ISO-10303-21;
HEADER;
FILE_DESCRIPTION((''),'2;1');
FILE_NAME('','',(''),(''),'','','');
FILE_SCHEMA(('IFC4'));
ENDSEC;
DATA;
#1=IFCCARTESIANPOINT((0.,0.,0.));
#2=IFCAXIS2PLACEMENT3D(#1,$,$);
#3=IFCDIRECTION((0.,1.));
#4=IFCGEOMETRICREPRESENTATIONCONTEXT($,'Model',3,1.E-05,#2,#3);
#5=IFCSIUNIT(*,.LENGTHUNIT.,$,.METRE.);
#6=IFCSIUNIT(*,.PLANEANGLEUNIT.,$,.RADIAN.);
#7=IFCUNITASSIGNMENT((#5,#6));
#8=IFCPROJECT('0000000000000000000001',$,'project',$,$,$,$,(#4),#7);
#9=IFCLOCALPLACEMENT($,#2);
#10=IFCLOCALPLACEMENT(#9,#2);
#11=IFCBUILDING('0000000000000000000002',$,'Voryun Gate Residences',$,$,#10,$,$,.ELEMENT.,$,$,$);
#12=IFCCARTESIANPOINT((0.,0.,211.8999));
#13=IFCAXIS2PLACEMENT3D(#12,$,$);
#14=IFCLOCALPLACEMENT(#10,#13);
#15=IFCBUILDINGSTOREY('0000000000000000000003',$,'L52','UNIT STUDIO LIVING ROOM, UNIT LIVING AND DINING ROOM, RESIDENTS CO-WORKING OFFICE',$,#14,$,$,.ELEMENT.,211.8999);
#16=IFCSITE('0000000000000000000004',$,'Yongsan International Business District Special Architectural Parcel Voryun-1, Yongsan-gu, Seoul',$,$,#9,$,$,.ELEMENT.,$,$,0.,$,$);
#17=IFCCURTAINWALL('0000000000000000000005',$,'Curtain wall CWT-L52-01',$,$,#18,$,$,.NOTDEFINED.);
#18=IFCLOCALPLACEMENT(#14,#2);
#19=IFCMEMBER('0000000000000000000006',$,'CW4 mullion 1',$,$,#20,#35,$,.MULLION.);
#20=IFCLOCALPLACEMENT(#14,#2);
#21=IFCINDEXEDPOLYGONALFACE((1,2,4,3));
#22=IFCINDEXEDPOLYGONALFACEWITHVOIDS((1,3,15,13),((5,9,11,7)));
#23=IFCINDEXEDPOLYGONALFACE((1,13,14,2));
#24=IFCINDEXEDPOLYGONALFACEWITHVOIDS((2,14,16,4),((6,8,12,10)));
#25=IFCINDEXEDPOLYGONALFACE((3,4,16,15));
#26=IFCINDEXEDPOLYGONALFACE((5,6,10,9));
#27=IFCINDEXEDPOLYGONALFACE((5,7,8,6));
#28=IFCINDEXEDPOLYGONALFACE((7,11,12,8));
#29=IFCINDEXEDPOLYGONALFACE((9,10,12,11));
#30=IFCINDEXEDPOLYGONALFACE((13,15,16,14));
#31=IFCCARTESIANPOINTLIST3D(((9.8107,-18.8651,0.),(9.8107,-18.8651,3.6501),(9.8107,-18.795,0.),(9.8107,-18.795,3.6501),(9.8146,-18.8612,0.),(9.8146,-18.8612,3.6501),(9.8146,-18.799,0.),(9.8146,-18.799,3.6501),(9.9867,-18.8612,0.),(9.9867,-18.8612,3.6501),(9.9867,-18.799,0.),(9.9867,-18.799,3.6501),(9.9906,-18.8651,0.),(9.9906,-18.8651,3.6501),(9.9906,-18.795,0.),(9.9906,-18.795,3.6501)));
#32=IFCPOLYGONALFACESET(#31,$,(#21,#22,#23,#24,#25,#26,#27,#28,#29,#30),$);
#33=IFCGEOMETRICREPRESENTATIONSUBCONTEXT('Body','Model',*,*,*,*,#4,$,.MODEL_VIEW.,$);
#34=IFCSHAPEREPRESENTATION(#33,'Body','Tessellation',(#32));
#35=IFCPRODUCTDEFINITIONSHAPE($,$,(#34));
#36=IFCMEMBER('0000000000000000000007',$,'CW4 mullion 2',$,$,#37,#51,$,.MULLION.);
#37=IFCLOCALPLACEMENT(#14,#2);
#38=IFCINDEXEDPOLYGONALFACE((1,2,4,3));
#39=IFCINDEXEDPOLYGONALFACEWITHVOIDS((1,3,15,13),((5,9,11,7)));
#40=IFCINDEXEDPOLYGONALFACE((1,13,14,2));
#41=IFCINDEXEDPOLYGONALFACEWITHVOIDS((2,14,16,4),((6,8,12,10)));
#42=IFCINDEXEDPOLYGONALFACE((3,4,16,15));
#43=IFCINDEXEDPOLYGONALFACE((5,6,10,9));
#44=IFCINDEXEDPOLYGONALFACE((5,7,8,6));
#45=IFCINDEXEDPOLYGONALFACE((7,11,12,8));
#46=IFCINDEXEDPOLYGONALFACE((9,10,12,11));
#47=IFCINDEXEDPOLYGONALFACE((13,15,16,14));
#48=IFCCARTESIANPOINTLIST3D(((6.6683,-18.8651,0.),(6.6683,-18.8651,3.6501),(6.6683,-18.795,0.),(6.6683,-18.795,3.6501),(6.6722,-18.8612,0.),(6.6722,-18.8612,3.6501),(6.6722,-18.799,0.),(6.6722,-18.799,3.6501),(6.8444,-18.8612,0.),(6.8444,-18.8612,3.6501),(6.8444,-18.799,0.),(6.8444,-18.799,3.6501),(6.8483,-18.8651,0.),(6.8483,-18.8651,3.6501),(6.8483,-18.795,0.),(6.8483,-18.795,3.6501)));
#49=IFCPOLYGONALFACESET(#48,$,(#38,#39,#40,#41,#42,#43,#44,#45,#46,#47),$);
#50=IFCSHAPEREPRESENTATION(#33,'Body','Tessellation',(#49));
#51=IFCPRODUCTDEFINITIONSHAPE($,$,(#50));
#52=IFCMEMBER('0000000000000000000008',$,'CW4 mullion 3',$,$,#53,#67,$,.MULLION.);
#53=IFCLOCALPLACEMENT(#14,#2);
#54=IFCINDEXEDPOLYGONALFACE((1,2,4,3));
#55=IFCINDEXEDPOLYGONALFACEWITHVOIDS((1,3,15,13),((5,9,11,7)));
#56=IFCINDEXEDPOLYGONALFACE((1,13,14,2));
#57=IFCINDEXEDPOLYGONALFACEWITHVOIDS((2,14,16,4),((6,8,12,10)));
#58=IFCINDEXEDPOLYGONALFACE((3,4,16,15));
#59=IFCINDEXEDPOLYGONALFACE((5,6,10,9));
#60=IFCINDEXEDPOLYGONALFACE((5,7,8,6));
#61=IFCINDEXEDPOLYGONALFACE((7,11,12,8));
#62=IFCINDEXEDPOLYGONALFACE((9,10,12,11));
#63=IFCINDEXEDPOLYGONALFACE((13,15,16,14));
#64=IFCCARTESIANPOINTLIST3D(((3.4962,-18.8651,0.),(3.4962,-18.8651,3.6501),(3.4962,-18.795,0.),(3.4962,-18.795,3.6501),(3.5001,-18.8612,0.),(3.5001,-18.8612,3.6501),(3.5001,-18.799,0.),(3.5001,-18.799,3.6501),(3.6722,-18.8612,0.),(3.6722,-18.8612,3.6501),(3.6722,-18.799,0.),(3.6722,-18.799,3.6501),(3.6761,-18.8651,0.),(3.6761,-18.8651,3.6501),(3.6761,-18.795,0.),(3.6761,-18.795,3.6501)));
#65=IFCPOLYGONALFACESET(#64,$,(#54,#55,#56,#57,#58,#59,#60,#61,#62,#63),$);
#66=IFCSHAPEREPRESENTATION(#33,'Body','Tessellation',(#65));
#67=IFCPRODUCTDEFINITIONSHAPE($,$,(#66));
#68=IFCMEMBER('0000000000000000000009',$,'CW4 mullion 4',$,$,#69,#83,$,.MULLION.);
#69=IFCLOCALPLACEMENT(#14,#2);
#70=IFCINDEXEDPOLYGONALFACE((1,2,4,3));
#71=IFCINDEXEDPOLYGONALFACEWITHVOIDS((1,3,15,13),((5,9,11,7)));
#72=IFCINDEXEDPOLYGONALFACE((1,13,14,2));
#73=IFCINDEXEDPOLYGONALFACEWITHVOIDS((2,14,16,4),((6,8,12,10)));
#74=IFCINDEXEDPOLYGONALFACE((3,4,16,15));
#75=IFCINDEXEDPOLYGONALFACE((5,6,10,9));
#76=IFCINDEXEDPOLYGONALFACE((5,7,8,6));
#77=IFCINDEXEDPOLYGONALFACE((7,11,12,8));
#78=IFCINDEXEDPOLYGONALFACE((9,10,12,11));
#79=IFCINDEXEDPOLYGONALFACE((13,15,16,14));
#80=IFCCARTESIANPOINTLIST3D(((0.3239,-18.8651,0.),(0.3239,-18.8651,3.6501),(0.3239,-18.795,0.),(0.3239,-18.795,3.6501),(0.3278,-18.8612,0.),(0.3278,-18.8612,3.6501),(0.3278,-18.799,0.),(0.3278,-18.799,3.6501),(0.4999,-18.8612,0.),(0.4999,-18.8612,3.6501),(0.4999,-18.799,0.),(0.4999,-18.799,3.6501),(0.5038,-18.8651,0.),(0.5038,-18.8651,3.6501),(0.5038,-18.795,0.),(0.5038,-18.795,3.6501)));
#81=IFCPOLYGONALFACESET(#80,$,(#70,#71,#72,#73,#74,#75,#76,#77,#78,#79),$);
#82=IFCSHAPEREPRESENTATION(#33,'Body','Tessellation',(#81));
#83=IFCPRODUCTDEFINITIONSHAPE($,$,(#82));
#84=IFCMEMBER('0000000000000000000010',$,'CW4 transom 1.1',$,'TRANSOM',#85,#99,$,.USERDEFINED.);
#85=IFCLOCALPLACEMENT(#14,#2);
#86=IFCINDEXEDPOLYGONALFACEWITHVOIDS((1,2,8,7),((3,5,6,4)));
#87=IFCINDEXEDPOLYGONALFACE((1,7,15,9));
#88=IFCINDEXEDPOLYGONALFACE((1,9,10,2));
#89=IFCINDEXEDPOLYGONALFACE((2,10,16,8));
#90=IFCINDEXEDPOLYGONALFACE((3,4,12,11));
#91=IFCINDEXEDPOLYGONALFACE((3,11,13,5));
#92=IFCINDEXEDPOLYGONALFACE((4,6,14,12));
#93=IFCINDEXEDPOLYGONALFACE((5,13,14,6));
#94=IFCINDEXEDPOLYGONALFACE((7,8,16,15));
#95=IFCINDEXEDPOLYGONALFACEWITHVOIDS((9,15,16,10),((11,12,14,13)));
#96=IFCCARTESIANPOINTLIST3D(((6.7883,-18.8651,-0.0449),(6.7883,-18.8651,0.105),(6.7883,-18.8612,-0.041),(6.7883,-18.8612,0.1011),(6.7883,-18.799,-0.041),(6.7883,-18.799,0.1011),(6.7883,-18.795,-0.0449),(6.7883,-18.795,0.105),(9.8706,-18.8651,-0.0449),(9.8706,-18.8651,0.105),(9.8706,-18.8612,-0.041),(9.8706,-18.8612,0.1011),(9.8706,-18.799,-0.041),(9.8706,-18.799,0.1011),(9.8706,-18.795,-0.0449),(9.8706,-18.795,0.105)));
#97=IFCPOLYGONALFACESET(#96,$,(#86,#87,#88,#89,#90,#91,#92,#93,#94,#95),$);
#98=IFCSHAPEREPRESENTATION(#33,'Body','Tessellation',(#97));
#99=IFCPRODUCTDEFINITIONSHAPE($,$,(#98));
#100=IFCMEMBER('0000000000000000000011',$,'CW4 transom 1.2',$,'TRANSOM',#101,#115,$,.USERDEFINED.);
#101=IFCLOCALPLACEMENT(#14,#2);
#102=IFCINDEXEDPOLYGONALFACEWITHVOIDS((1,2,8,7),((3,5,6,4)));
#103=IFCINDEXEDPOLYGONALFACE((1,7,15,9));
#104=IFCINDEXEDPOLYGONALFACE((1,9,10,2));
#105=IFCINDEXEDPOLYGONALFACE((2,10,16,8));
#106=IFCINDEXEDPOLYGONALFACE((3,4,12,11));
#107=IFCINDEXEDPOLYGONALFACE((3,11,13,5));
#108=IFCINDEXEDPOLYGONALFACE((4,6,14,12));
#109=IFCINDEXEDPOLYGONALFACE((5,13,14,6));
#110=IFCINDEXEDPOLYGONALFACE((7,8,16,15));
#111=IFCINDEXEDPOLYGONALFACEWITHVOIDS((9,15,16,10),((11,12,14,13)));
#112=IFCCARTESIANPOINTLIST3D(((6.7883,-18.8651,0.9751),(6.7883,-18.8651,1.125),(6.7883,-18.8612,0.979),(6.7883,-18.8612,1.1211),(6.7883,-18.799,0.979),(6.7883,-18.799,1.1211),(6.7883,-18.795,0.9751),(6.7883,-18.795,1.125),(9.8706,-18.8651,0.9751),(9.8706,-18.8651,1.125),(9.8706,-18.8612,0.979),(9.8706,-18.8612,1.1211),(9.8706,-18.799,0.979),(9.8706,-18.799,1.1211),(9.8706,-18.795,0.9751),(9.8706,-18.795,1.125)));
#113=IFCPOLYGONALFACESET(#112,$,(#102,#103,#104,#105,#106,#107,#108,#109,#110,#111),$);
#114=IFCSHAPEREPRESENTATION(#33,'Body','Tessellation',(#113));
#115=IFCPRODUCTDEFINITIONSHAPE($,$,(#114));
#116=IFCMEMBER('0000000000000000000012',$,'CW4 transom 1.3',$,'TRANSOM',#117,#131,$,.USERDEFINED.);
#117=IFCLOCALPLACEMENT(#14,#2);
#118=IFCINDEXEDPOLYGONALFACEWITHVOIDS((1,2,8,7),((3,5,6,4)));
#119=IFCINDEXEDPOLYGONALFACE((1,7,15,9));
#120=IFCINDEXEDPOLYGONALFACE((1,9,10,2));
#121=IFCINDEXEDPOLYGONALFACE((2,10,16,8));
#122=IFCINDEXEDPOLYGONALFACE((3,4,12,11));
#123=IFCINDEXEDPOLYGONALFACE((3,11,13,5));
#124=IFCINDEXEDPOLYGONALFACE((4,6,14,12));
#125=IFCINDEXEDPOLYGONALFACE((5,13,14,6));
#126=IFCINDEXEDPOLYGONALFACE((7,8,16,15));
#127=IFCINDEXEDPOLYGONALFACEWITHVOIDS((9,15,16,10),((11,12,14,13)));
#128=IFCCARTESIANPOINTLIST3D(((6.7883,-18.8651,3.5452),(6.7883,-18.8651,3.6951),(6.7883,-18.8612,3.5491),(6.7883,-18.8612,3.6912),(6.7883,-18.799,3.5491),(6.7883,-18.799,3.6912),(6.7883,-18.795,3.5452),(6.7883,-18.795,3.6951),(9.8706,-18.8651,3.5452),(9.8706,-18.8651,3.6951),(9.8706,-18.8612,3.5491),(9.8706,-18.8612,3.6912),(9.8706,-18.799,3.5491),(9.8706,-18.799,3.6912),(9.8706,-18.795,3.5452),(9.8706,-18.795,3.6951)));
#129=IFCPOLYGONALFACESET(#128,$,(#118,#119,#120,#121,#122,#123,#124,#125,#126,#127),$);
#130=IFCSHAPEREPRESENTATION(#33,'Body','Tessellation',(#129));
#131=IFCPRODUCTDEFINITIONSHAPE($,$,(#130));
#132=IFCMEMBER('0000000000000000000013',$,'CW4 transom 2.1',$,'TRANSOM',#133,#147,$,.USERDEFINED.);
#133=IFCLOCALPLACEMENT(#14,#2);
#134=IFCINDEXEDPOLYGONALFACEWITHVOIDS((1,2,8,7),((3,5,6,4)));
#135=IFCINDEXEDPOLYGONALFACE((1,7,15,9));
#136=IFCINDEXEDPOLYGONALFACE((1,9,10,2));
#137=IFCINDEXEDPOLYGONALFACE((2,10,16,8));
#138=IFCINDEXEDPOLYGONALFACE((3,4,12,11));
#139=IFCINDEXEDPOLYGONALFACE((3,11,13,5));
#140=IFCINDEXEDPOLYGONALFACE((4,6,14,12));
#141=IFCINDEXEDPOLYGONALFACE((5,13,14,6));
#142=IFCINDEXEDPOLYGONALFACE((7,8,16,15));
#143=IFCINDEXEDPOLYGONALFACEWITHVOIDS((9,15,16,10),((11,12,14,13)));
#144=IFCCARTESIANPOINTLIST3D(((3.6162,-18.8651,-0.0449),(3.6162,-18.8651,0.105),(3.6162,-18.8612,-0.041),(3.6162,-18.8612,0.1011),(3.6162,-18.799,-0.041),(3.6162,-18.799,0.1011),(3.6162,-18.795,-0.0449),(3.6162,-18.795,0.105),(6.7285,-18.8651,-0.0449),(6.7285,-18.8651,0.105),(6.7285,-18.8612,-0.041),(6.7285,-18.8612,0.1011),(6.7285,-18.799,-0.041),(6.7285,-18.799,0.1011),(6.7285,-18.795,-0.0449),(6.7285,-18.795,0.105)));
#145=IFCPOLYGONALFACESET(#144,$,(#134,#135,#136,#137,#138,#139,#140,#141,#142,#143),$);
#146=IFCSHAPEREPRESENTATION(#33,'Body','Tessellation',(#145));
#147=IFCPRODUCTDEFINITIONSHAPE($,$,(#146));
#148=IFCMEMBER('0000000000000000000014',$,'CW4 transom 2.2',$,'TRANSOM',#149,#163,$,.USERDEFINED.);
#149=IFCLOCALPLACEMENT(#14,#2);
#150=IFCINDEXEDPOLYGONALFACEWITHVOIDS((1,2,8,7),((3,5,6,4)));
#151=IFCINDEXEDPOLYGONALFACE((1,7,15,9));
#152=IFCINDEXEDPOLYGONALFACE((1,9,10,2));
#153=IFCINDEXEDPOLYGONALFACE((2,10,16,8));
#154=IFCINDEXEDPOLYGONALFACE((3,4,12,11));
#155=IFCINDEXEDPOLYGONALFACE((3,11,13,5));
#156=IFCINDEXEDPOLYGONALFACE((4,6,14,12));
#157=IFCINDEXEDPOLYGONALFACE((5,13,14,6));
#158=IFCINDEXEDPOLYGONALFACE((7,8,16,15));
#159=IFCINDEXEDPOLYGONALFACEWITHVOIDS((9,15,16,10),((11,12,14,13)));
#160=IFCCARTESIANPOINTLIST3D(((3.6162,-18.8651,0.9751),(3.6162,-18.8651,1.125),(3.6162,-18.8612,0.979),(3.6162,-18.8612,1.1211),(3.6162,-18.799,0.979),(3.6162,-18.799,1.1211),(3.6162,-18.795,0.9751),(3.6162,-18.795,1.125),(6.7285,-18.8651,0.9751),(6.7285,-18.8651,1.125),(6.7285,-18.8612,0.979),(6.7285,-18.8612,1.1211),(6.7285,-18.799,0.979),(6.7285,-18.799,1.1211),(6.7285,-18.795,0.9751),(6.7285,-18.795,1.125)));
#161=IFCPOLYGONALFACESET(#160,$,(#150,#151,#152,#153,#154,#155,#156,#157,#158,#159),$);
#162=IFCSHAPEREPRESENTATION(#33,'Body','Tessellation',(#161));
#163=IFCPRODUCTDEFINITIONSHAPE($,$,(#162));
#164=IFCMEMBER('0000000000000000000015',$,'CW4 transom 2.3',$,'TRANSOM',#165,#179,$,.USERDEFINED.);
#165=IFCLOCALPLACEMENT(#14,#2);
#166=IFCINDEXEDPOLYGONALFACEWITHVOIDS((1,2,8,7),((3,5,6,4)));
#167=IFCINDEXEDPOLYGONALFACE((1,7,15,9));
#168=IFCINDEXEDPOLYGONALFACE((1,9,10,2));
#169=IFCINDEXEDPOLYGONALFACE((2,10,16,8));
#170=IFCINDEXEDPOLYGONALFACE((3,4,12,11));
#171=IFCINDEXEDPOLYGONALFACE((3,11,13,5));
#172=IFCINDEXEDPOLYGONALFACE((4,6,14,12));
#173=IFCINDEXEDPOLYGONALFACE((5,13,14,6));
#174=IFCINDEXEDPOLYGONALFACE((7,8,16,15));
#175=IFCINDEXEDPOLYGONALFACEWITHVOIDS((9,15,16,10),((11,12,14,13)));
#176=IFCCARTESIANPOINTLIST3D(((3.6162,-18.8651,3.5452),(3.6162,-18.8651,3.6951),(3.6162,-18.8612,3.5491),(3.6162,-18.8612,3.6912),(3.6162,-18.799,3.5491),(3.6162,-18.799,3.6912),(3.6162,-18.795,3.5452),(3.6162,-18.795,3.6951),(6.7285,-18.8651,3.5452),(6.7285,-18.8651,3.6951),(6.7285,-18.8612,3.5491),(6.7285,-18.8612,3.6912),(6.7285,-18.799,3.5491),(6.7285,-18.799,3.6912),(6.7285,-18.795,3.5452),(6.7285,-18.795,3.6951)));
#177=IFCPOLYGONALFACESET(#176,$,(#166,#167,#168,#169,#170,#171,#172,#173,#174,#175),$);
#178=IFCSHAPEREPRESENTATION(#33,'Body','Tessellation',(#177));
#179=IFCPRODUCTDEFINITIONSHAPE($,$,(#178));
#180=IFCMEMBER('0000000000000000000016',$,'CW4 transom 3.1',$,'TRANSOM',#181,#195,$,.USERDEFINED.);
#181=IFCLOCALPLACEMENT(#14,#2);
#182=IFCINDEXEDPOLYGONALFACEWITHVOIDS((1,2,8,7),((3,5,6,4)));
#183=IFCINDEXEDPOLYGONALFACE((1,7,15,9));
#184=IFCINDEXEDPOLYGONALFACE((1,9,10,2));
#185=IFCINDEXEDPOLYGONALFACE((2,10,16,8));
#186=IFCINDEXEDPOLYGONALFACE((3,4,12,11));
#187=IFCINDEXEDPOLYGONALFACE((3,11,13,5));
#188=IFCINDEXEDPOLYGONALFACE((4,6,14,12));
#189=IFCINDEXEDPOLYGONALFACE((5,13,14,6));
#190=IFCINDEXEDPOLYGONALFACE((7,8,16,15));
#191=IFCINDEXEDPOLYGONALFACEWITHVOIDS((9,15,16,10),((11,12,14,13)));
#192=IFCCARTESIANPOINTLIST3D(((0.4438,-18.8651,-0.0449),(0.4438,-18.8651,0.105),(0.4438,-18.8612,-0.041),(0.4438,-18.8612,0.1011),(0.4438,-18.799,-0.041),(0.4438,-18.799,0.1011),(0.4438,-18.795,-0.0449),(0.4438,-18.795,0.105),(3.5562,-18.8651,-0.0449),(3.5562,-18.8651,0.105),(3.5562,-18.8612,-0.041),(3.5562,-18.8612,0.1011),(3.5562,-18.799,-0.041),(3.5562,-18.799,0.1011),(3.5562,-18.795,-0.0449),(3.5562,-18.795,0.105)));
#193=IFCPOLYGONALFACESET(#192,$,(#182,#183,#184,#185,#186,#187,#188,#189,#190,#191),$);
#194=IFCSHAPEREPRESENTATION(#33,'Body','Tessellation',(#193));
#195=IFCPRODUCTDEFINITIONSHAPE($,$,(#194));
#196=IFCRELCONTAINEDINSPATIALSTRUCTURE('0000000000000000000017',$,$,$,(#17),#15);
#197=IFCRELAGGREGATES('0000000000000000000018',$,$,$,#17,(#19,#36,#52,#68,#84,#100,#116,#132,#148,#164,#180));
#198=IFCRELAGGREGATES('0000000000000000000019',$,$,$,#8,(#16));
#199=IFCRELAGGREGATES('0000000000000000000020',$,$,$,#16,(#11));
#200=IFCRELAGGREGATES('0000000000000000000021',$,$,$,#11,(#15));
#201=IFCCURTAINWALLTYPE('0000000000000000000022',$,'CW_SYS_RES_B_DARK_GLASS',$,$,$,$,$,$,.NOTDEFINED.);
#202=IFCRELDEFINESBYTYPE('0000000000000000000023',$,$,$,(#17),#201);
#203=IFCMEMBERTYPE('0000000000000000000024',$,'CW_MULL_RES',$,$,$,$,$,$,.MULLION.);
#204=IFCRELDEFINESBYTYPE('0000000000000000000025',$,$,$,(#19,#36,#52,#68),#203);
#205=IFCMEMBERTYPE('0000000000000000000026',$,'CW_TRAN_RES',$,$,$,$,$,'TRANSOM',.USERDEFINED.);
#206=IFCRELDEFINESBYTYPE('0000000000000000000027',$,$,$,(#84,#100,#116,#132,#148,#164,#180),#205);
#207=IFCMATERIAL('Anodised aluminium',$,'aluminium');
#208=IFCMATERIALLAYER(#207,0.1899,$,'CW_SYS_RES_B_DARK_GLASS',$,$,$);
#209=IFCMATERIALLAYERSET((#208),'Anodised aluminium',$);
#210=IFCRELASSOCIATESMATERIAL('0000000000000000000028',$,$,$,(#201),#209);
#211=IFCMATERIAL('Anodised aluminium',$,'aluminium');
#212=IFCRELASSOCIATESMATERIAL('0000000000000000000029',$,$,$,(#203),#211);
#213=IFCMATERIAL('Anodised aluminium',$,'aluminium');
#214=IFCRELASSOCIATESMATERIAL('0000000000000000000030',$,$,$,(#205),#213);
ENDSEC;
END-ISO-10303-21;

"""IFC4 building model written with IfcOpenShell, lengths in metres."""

from ifc_helpers import new_model, si_unit, direction, frame, origin, origin_2d, place, context, subcontext, project, spatial, hollow_rectangle, extrude, material, layer, layer_set, material_profile, profile_set, type_object, element, aggregate, save


model = new_model("IFC4")

# Units and contexts
model_context = context("Model", 3, precision=1e-05, world=origin(), true_north=direction((0.0, 1.0)))
body_context = subcontext(model_context, "Body", "Model", "MODEL_VIEW")
ifc_project = project(units=[si_unit("LENGTHUNIT", "METRE"), si_unit("PLANEANGLEUNIT", "RADIAN")], contexts=[model_context])

# Site, building, storey
site_placement = place(None, origin())
site = spatial("IfcSite", under=ifc_project, at=site_placement, Name="Yongsan International Business District Special Architectural Parcel Voryun-1, Yongsan-gu, Seoul", CompositionType="ELEMENT", RefElevation=0.0)
building_placement = place(site_placement, origin())
building = spatial("IfcBuilding", under=site, at=building_placement, Name="Voryun Gate Residences", CompositionType="ELEMENT")
storey_placement = place(building_placement, frame((0.0, 0.0, 211.8999)))
storey = spatial("IfcBuildingStorey", under=building, at=storey_placement, Name="L52", Description="UNIT STUDIO LIVING ROOM, UNIT LIVING AND DINING ROOM, RESIDENTS CO-WORKING OFFICE", CompositionType="ELEMENT", Elevation=211.8999)

# Curtain wall, members
ifc_material_1 = material(Name="Anodised aluminium", Category="aluminium")
ifc_layer_1 = layer(ifc_material_1, 0.1899, Name="CW_SYS_RES_B_DARK_GLASS")
ifc_layer_set_1 = layer_set([ifc_layer_1], Name="Anodised aluminium")
curtain_wall_type = type_object("IfcCurtainWallType", Name="CW_SYS_RES_B_DARK_GLASS", PredefinedType="NOTDEFINED", material=ifc_layer_set_1)
curtain_wall_placement = place(storey_placement, origin())
curtain_wall = element("IfcCurtainWall", 1, at=curtain_wall_placement, inside=storey, type_object=curtain_wall_type, Name="Curtain wall CWT-L52-01", PredefinedType="NOTDEFINED")
ifc_material_2 = material(Name="Anodised aluminium", Category="aluminium")
ifc_material_profile_1 = material_profile(ifc_material_2, hollow_rectangle(XDim=0.0701, YDim=0.1799, WallThickness=0.0039, at=origin_2d()), Name="ALU-MULL-180x70x4")
ifc_profile_set_1 = profile_set([ifc_material_profile_1], Name="Anodised aluminium")
member_type_1 = type_object("IfcMemberType", Name="CW_MULL_RES", PredefinedType="MULLION", material=ifc_profile_set_1)
member_1_placement = place(storey_placement, frame((9.9006, -18.8301, 0.0), z_axis=(0.0, 0.0, 1.0), x_axis=(0.0, -1.0, 0.0)))
member_1 = element("IfcMember", 2, at=member_1_placement, type_object=member_type_1, Name="CW4 mullion 1", PredefinedType="MULLION", context=body_context, shape_type="SweptSolid", body=[
    extrude(hollow_rectangle(XDim=0.0701, YDim=0.1799, WallThickness=0.0039, at=origin_2d()), origin(), (0.0, 0.0, 1.0), 3.6501),
])
member_2_placement = place(storey_placement, frame((6.7583, -18.8301, 0.0), z_axis=(0.0, 0.0, 1.0), x_axis=(0.0, -1.0, 0.0)))
member_2 = element("IfcMember", 3, at=member_2_placement, type_object=member_type_1, Name="CW4 mullion 2", PredefinedType="MULLION", context=body_context, shape_type="SweptSolid", body=[
    extrude(hollow_rectangle(XDim=0.0701, YDim=0.1799, WallThickness=0.0039, at=origin_2d()), origin(), (0.0, 0.0, 1.0), 3.6501),
])
member_3_placement = place(storey_placement, frame((3.5862, -18.8301, 0.0), z_axis=(0.0, 0.0, 1.0), x_axis=(0.0, -1.0, 0.0)))
member_3 = element("IfcMember", 4, at=member_3_placement, type_object=member_type_1, Name="CW4 mullion 3", PredefinedType="MULLION", context=body_context, shape_type="SweptSolid", body=[
    extrude(hollow_rectangle(XDim=0.0701, YDim=0.1799, WallThickness=0.0039, at=origin_2d()), origin(), (0.0, 0.0, 1.0), 3.6501),
])
member_4_placement = place(storey_placement, frame((0.4138, -18.8301, 0.0), z_axis=(0.0, 0.0, 1.0), x_axis=(0.0, -1.0, 0.0)))
member_4 = element("IfcMember", 5, at=member_4_placement, type_object=member_type_1, Name="CW4 mullion 4", PredefinedType="MULLION", context=body_context, shape_type="SweptSolid", body=[
    extrude(hollow_rectangle(XDim=0.0701, YDim=0.1799, WallThickness=0.0039, at=origin_2d()), origin(), (0.0, 0.0, 1.0), 3.6501),
])
ifc_material_3 = material(Name="Anodised aluminium", Category="aluminium")
ifc_material_profile_2 = material_profile(ifc_material_3, hollow_rectangle(XDim=0.0701, YDim=0.1499, WallThickness=0.0039, at=origin_2d()), Name="ALU-TRAN-150x70x4")
ifc_profile_set_2 = profile_set([ifc_material_profile_2], Name="Anodised aluminium")
member_type_2 = type_object("IfcMemberType", Name="CW_TRAN_RES", ElementType="TRANSOM", PredefinedType="USERDEFINED", material=ifc_profile_set_2)
member_5_placement = place(storey_placement, frame((9.8706, -18.8301, 0.03), z_axis=(-1.0, 0.0, 0.0), x_axis=(0.0, -1.0, 0.0)))
member_5 = element("IfcMember", 6, at=member_5_placement, type_object=member_type_2, Name="CW4 transom 1.1", ObjectType="TRANSOM", PredefinedType="USERDEFINED", context=body_context, shape_type="SweptSolid", body=[
    extrude(hollow_rectangle(XDim=0.0701, YDim=0.1499, WallThickness=0.0039, at=origin_2d()), origin(), (0.0, 0.0, 1.0), 3.0823),
])
member_6_placement = place(storey_placement, frame((9.8706, -18.8301, 1.05), z_axis=(-1.0, 0.0, 0.0), x_axis=(0.0, -1.0, 0.0)))
member_6 = element("IfcMember", 7, at=member_6_placement, type_object=member_type_2, Name="CW4 transom 1.2", ObjectType="TRANSOM", PredefinedType="USERDEFINED", context=body_context, shape_type="SweptSolid", body=[
    extrude(hollow_rectangle(XDim=0.0701, YDim=0.1499, WallThickness=0.0039, at=origin_2d()), origin(), (0.0, 0.0, 1.0), 3.0823),
])
member_7_placement = place(storey_placement, frame((9.8706, -18.8301, 3.6201), z_axis=(-1.0, 0.0, 0.0), x_axis=(0.0, -1.0, 0.0)))
member_7 = element("IfcMember", 8, at=member_7_placement, type_object=member_type_2, Name="CW4 transom 1.3", ObjectType="TRANSOM", PredefinedType="USERDEFINED", context=body_context, shape_type="SweptSolid", body=[
    extrude(hollow_rectangle(XDim=0.0701, YDim=0.1499, WallThickness=0.0039, at=origin_2d()), origin(), (0.0, 0.0, 1.0), 3.0823),
])
member_8_placement = place(storey_placement, frame((6.7285, -18.8301, 0.03), z_axis=(-1.0, 0.0, 0.0), x_axis=(0.0, -1.0, 0.0)))
member_8 = element("IfcMember", 9, at=member_8_placement, type_object=member_type_2, Name="CW4 transom 2.1", ObjectType="TRANSOM", PredefinedType="USERDEFINED", context=body_context, shape_type="SweptSolid", body=[
    extrude(hollow_rectangle(XDim=0.0701, YDim=0.1499, WallThickness=0.0039, at=origin_2d()), origin(), (0.0, 0.0, 1.0), 3.1123),
])
member_9_placement = place(storey_placement, frame((6.7285, -18.8301, 1.05), z_axis=(-1.0, 0.0, 0.0), x_axis=(0.0, -1.0, 0.0)))
member_9 = element("IfcMember", 10, at=member_9_placement, type_object=member_type_2, Name="CW4 transom 2.2", ObjectType="TRANSOM", PredefinedType="USERDEFINED", context=body_context, shape_type="SweptSolid", body=[
    extrude(hollow_rectangle(XDim=0.0701, YDim=0.1499, WallThickness=0.0039, at=origin_2d()), origin(), (0.0, 0.0, 1.0), 3.1123),
])
member_10_placement = place(storey_placement, frame((6.7285, -18.8301, 3.6201), z_axis=(-1.0, 0.0, 0.0), x_axis=(0.0, -1.0, 0.0)))
member_10 = element("IfcMember", 11, at=member_10_placement, type_object=member_type_2, Name="CW4 transom 2.3", ObjectType="TRANSOM", PredefinedType="USERDEFINED", context=body_context, shape_type="SweptSolid", body=[
    extrude(hollow_rectangle(XDim=0.0701, YDim=0.1499, WallThickness=0.0039, at=origin_2d()), origin(), (0.0, 0.0, 1.0), 3.1123),
])
member_11_placement = place(storey_placement, frame((3.5562, -18.8301, 0.03), z_axis=(-1.0, 0.0, 0.0), x_axis=(0.0, -1.0, 0.0)))
member_11 = element("IfcMember", 12, at=member_11_placement, type_object=member_type_2, Name="CW4 transom 3.1", ObjectType="TRANSOM", PredefinedType="USERDEFINED", context=body_context, shape_type="SweptSolid", body=[
    extrude(hollow_rectangle(XDim=0.0701, YDim=0.1499, WallThickness=0.0039, at=origin_2d()), origin(), (0.0, 0.0, 1.0), 3.1123),
])
aggregate(curtain_wall, [member_1, member_2, member_3, member_4, member_5, member_6, member_7, member_8, member_9, member_10, member_11])

save(model, "model.ifc")
